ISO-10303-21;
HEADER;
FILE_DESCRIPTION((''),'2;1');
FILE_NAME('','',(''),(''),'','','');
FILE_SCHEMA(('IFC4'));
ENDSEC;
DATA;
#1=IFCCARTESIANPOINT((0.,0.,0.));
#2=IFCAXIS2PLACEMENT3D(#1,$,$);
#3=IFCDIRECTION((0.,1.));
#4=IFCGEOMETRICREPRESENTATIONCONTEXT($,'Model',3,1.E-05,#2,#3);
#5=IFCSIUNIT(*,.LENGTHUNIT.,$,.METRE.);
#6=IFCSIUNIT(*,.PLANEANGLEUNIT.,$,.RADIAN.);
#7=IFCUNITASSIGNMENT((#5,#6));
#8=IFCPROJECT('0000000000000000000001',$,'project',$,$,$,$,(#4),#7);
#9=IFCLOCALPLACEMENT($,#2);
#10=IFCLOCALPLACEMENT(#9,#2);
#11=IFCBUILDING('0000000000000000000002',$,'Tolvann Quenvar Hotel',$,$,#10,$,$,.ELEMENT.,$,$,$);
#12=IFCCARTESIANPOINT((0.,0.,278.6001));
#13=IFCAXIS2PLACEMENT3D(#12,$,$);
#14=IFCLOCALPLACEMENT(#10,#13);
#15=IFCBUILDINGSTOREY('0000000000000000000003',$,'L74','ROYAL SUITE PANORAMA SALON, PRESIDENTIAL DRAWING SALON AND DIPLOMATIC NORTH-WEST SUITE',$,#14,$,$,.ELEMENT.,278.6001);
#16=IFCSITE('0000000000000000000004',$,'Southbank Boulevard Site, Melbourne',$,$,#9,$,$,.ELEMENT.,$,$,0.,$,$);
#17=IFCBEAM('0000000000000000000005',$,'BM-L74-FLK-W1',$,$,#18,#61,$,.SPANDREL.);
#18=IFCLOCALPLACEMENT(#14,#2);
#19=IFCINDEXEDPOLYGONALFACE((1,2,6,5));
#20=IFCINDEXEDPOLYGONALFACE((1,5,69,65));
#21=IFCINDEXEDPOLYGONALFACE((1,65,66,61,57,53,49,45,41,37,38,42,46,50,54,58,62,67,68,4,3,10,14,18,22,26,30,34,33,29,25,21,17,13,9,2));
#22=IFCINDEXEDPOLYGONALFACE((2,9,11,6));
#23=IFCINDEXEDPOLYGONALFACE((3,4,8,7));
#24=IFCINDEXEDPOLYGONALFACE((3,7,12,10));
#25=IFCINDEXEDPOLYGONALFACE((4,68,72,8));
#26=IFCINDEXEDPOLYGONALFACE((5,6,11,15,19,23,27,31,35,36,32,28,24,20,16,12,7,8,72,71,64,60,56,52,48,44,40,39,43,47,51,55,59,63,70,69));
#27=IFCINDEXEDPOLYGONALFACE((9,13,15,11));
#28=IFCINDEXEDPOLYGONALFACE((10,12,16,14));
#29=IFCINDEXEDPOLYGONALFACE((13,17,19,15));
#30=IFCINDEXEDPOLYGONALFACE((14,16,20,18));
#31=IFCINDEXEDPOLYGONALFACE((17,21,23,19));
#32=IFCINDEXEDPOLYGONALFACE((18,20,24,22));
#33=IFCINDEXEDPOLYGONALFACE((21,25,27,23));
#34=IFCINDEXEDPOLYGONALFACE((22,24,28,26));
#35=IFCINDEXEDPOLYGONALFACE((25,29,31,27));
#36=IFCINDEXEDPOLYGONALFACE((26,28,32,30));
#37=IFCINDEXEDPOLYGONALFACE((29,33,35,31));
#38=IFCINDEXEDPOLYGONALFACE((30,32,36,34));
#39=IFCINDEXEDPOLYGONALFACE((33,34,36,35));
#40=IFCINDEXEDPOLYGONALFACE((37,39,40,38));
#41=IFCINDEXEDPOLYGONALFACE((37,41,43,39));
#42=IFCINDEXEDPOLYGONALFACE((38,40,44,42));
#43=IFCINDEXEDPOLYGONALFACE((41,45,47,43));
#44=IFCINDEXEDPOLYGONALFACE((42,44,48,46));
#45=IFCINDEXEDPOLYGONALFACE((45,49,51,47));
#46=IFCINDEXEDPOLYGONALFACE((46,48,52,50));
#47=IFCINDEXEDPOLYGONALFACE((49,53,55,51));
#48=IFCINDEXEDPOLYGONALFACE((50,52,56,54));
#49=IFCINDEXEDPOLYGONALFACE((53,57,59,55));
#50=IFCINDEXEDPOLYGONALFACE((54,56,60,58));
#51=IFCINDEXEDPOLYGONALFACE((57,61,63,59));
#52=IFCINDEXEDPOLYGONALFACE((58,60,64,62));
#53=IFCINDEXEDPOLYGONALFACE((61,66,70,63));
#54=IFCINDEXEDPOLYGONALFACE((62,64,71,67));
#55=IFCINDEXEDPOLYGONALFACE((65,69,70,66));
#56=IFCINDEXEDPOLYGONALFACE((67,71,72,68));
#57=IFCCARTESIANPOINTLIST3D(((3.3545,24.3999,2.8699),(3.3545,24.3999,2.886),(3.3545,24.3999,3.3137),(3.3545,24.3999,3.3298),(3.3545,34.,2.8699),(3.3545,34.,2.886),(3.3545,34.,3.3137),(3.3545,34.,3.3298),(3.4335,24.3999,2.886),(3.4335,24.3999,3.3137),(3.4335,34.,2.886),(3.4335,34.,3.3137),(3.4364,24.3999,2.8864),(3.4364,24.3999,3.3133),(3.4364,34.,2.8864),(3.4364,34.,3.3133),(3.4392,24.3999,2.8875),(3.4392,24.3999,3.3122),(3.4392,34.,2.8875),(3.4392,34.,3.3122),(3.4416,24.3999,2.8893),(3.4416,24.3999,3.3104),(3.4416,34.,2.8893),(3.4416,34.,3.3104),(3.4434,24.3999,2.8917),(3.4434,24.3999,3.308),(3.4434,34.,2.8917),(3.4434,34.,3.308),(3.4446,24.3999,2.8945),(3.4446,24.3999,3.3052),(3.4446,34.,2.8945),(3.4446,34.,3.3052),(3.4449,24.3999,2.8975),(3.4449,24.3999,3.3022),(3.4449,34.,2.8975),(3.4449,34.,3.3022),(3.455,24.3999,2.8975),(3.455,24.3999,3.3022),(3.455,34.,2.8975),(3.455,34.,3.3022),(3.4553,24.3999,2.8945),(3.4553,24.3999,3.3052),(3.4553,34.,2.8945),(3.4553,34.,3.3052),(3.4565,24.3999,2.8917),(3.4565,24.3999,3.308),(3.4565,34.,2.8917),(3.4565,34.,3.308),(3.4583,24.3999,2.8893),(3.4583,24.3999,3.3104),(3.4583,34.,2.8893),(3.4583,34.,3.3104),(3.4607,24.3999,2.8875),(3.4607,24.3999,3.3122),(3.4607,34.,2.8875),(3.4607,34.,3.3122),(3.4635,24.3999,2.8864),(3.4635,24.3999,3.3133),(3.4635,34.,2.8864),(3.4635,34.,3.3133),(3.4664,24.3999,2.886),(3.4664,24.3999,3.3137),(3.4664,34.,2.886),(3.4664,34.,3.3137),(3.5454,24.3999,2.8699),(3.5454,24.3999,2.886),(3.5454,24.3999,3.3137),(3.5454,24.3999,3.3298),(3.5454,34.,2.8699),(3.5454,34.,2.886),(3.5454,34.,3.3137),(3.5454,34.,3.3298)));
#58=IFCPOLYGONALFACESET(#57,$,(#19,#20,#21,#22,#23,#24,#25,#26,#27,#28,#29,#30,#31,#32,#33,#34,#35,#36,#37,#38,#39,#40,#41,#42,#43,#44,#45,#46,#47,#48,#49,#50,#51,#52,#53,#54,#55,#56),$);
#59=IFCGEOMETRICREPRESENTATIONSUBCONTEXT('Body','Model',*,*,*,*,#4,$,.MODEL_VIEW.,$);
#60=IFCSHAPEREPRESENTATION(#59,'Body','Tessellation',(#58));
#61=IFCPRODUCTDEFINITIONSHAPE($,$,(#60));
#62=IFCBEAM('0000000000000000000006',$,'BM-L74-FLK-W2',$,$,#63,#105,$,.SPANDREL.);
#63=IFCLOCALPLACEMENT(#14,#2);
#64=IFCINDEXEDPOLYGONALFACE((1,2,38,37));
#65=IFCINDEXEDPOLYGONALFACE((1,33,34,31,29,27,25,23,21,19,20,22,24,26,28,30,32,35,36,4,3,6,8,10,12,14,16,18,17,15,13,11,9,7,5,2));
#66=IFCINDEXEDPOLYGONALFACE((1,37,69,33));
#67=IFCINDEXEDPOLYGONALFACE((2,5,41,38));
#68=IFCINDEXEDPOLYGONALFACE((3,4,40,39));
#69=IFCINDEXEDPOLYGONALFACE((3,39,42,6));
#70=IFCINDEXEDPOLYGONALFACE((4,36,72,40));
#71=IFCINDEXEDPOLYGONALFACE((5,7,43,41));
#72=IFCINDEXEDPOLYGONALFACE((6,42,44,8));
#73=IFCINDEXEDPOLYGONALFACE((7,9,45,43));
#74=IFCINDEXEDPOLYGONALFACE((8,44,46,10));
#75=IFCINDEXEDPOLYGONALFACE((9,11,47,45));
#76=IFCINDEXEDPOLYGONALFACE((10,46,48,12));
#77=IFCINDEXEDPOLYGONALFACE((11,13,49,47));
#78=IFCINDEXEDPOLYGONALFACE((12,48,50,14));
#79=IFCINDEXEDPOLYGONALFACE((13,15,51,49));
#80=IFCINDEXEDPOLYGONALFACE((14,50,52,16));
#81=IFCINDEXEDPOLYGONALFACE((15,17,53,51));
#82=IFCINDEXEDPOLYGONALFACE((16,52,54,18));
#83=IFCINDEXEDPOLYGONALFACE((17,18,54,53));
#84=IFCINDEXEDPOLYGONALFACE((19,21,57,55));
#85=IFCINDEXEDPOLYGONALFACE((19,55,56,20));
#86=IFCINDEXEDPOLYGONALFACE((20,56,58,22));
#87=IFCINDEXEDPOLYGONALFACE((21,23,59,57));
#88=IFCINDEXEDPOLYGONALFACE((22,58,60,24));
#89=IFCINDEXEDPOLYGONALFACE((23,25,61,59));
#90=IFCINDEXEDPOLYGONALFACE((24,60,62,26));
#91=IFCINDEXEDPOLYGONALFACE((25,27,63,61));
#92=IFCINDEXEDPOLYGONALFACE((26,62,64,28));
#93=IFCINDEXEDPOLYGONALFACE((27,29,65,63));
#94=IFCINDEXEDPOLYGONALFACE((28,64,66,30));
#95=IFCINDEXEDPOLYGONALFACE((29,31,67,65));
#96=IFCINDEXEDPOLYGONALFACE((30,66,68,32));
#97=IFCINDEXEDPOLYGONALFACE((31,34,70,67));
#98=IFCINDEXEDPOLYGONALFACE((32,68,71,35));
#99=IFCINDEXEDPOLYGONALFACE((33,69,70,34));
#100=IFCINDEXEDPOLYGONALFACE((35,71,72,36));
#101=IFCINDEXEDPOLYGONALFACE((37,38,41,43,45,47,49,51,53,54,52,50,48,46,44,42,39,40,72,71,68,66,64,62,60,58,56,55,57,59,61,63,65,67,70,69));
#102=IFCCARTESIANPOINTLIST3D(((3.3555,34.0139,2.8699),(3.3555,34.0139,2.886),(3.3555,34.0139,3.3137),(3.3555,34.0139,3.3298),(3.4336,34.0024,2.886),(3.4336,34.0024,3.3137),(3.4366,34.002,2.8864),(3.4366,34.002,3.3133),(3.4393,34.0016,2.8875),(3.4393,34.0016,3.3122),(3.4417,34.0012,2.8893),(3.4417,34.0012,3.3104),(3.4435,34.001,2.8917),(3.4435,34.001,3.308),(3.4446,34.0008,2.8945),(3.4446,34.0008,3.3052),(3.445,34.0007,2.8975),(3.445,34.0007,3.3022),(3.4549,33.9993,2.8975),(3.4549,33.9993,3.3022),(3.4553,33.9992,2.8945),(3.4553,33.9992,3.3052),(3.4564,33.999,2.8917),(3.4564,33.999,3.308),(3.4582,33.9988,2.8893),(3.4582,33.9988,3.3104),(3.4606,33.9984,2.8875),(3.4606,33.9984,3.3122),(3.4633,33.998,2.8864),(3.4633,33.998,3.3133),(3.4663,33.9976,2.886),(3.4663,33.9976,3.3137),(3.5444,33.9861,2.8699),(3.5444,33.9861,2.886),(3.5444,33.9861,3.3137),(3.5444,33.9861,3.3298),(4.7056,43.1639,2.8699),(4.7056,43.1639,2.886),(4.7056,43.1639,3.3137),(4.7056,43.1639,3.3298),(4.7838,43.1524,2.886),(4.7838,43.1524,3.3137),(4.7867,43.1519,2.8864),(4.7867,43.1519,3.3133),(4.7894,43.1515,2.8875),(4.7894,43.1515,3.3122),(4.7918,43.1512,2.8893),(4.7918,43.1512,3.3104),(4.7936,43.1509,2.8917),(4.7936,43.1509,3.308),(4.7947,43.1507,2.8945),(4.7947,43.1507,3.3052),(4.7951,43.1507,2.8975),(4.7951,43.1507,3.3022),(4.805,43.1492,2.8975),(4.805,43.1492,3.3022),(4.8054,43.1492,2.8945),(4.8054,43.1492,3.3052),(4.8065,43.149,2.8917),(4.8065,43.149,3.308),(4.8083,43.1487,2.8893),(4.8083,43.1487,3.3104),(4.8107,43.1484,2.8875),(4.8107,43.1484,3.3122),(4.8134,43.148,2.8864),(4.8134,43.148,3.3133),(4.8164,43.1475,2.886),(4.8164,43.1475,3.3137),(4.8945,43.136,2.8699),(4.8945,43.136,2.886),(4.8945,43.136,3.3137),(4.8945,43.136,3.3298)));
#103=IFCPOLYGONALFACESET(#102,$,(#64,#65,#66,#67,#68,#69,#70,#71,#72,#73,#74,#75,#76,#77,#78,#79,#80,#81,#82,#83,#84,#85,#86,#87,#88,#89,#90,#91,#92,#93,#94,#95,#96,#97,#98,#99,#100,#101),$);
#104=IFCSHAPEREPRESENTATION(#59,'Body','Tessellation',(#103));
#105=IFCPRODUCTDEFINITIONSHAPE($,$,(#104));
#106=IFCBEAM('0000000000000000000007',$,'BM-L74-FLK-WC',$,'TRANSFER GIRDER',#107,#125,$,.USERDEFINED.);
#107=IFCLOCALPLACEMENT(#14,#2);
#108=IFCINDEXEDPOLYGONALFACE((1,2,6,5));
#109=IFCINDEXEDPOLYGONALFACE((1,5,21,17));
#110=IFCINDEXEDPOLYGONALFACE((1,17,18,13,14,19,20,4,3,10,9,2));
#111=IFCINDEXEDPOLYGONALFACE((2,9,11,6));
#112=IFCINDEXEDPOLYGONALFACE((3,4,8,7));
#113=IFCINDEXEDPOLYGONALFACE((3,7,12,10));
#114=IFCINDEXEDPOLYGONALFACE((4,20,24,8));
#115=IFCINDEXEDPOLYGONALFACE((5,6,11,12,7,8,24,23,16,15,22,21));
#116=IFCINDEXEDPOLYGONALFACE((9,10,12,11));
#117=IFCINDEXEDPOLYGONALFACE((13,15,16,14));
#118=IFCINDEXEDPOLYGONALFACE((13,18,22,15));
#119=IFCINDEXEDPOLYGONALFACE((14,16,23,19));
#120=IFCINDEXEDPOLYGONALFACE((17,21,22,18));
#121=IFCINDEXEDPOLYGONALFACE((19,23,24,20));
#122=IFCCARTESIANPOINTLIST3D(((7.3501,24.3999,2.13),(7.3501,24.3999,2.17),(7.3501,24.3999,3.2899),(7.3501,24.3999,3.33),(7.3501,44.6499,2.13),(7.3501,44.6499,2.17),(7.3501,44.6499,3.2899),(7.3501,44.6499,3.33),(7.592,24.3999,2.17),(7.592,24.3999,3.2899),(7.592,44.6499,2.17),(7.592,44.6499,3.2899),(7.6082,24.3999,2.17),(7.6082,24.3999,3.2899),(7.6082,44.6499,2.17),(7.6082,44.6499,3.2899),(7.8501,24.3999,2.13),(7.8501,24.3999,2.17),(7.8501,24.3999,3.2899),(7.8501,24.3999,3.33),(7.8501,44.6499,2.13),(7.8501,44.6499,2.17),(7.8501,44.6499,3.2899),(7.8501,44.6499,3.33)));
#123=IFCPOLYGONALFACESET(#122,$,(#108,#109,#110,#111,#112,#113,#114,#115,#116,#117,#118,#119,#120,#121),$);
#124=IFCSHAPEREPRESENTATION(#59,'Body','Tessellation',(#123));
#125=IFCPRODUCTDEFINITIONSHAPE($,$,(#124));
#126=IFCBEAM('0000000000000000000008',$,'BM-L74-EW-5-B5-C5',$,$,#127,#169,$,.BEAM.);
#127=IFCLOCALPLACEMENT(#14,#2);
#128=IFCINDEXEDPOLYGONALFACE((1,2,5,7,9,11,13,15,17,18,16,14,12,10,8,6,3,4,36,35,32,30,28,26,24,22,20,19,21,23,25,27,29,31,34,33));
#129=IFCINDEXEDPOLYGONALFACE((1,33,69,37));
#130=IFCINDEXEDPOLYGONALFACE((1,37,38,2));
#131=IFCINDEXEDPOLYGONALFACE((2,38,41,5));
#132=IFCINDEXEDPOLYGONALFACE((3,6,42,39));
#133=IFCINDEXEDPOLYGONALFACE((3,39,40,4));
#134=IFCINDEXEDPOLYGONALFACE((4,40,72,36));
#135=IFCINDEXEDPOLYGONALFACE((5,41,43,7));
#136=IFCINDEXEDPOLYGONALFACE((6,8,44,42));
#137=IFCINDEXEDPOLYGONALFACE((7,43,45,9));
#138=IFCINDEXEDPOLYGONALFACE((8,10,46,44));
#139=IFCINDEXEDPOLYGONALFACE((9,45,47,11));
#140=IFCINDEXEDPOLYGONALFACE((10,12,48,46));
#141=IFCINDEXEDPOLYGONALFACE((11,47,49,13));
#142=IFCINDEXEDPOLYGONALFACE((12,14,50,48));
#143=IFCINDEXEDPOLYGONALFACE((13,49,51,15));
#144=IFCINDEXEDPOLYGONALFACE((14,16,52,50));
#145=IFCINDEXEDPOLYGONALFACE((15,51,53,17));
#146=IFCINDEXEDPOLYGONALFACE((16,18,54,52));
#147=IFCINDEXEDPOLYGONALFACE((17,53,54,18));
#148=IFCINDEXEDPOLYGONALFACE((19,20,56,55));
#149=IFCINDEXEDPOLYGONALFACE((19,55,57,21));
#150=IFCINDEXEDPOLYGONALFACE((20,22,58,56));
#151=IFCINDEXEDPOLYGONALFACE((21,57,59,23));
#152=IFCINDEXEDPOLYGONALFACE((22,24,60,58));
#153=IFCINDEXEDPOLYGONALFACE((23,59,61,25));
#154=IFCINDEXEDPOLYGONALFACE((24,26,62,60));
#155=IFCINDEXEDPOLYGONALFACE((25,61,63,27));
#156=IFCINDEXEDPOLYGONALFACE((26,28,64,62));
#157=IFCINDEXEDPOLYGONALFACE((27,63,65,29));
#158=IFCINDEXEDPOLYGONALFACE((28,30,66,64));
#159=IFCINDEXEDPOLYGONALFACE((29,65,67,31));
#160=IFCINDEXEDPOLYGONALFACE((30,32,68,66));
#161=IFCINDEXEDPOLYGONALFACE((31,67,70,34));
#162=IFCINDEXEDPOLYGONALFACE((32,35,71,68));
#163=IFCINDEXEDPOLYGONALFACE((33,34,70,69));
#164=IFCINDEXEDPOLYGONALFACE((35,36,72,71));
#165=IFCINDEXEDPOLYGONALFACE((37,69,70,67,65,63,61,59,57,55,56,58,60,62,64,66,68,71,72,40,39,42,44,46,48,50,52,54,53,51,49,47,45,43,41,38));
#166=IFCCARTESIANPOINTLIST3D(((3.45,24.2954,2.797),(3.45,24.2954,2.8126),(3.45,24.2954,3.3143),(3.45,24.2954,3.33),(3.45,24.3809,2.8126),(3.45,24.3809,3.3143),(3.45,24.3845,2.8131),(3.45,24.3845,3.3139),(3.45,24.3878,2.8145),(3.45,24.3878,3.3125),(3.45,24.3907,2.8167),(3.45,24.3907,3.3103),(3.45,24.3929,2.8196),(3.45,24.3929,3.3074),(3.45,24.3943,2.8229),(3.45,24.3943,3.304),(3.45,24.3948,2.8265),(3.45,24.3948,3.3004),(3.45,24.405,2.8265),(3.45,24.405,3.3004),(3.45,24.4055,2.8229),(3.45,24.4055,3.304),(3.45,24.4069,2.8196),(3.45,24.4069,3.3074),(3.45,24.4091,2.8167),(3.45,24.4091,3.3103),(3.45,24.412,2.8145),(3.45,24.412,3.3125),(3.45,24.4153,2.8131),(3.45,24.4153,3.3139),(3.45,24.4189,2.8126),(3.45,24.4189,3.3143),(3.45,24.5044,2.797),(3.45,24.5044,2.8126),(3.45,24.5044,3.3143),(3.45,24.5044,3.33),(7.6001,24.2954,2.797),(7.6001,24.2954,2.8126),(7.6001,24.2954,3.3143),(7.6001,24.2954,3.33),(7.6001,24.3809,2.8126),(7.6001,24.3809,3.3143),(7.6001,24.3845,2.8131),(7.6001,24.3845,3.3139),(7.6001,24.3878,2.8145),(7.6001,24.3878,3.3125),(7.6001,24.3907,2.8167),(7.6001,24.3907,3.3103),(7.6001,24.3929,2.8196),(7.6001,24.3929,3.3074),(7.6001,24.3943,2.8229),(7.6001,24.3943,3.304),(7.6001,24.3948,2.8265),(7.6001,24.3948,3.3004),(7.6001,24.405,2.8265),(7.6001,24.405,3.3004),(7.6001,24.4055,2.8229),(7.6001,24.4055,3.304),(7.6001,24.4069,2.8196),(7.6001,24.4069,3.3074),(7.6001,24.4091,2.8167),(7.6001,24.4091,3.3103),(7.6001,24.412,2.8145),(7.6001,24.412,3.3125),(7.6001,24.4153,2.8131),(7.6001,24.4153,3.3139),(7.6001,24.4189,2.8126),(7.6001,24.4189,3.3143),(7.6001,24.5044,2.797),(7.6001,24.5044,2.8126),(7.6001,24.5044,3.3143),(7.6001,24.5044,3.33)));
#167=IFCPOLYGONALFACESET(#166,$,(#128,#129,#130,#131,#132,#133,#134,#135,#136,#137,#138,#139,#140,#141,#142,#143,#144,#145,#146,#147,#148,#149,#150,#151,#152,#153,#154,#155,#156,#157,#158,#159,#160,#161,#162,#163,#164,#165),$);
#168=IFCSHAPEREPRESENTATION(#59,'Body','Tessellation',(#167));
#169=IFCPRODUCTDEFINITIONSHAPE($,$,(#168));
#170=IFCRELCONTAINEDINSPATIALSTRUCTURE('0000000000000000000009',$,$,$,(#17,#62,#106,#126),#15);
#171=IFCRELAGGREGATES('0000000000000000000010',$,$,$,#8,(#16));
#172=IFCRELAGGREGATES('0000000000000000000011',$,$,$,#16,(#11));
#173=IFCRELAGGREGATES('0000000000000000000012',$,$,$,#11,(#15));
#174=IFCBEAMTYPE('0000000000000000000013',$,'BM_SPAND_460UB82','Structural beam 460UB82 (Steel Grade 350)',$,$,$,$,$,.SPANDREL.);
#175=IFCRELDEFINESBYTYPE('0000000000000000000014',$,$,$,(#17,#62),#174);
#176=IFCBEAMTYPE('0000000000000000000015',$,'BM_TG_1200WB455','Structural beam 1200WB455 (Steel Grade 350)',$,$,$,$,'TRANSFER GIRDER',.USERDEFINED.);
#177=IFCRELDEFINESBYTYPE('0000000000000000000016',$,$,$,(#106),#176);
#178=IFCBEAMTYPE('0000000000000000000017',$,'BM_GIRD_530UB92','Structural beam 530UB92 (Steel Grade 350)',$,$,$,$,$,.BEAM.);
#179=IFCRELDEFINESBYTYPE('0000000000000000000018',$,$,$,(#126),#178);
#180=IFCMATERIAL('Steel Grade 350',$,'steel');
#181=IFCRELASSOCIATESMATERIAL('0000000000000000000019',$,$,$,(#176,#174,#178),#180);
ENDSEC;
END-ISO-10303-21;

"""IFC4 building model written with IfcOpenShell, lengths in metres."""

from ifc_helpers import new_model, si_unit, direction, frame, origin, origin_2d, place, context, subcontext, project, spatial, i_section, extrude, source, transform, mapped, material, material_profile, profile_set, type_object, type_shapes, element, save


model = new_model("IFC4")

# Units and contexts
model_context = context("Model", 3, precision=1e-05, world=origin(), true_north=direction((0.0, 1.0)))
body_context = subcontext(model_context, "Body", "Model", "MODEL_VIEW")
ifc_project = project(units=[si_unit("LENGTHUNIT", "METRE"), si_unit("PLANEANGLEUNIT", "RADIAN")], contexts=[model_context])

# Site, building, storey
site_placement = place(None, origin())
site = spatial("IfcSite", under=ifc_project, at=site_placement, Name="Southbank Boulevard Site, Melbourne", CompositionType="ELEMENT", RefElevation=0.0)
building_placement = place(site_placement, origin())
building = spatial("IfcBuilding", under=site, at=building_placement, Name="Tolvann Quenvar Hotel", CompositionType="ELEMENT")
storey_placement = place(building_placement, frame((0.0, 0.0, 278.6001)))
storey = spatial("IfcBuildingStorey", under=building, at=storey_placement, Name="L74", Description="ROYAL SUITE PANORAMA SALON, PRESIDENTIAL DRAWING SALON AND DIPLOMATIC NORTH-WEST SUITE", CompositionType="ELEMENT", Elevation=278.6001)

# Shared definitions
ifc_material_1 = material(Name="Steel Grade 350", Category="steel")

# Beams
ifc_material_profile_1 = material_profile(ifc_material_1, i_section(OverallWidth=0.5, OverallDepth=1.2, WebThickness=0.0161, FlangeThickness=0.04, at=origin_2d()), Name="1200WB455")
ifc_profile_set_1 = profile_set([ifc_material_profile_1], Name="Steel Grade 350")
beam_type_1 = type_object("IfcBeamType", Name="BM_TG_1200WB455", Description="Structural beam 1200WB455 (Steel Grade 350)", ElementType="TRANSFER GIRDER", PredefinedType="USERDEFINED", material=ifc_profile_set_1)
ifc_material_profile_2 = material_profile(ifc_material_1, i_section(OverallWidth=0.1909, OverallDepth=0.46, WebThickness=0.01, FlangeThickness=0.0161, FilletRadius=0.0115, at=origin_2d()), Name="460UB82")
ifc_profile_set_2 = profile_set([ifc_material_profile_2], Name="Steel Grade 350")
beam_type_2 = type_object("IfcBeamType", Name="BM_SPAND_460UB82", Description="Structural beam 460UB82 (Steel Grade 350)", PredefinedType="SPANDREL", material=ifc_profile_set_2)
shared_shape_1 = source(origin(), body_context, "Body", "SweptSolid", [
    extrude(i_section(OverallWidth=0.1909, OverallDepth=0.46, WebThickness=0.01, FlangeThickness=0.0161, FilletRadius=0.0115, at=origin_2d()), origin(), (0.0, 0.0, 1.0), 9.6001),
])
beam_1_placement = place(storey_placement, frame((3.45, 24.3999, 3.0999), z_axis=(0.0, 1.0, 0.0), x_axis=(-1.0, 0.0, 0.0)))
element("IfcBeam", 1, at=beam_1_placement, inside=storey, type_object=beam_type_2, Name="BM-L74-FLK-W1", PredefinedType="SPANDREL", context=body_context, shape_type="MappedRepresentation", body=[
    mapped(shared_shape_1, transform((0.0, 0.0, 0.0), x_axis=(1.0, 0.0, 0.0), y_axis=(0.0, 1.0, 0.0), z_axis=(0.0, 0.0, 1.0), scale=1.0)),
])
shared_shape_2 = source(origin(), body_context, "Body", "SweptSolid", [
    extrude(i_section(OverallWidth=0.1909, OverallDepth=0.46, WebThickness=0.01, FlangeThickness=0.0161, FilletRadius=0.0115, at=origin_2d()), origin(), (0.0, 0.0, 1.0), 9.249),
])
type_shapes(beam_type_2, [shared_shape_1, shared_shape_2])
beam_2_placement = place(storey_placement, frame((3.45, 34.0, 3.0999), z_axis=(0.145973, 0.989289, 0.0), x_axis=(-0.989289, 0.145973, 0.0)))
element("IfcBeam", 2, at=beam_2_placement, inside=storey, type_object=beam_type_2, Name="BM-L74-FLK-W2", PredefinedType="SPANDREL", context=body_context, shape_type="MappedRepresentation", body=[
    mapped(shared_shape_2, transform((0.0, 0.0, 0.0), x_axis=(1.0, 0.0, 0.0), y_axis=(0.0, 1.0, 0.0), z_axis=(0.0, 0.0, 1.0), scale=1.0)),
])
shared_shape_3 = source(origin(), body_context, "Body", "SweptSolid", [
    extrude(i_section(OverallWidth=0.5, OverallDepth=1.2, WebThickness=0.0161, FlangeThickness=0.04, at=origin_2d()), origin(), (0.0, 0.0, 1.0), 20.25),
])
beam_3_placement = place(storey_placement, frame((7.6001, 24.3999, 2.73), z_axis=(0.0, 1.0, 0.0), x_axis=(-1.0, 0.0, 0.0)))
element("IfcBeam", 3, at=beam_3_placement, inside=storey, type_object=beam_type_1, Name="BM-L74-FLK-WC", ObjectType="TRANSFER GIRDER", PredefinedType="USERDEFINED", context=body_context, shape_type="MappedRepresentation", body=[
    mapped(shared_shape_3, transform((0.0, 0.0, 0.0), x_axis=(1.0, 0.0, 0.0), y_axis=(0.0, 1.0, 0.0), z_axis=(0.0, 0.0, 1.0), scale=1.0)),
])
ifc_material_profile_3 = material_profile(ifc_material_1, i_section(OverallWidth=0.209, OverallDepth=0.533, WebThickness=0.0103, FlangeThickness=0.0156, FilletRadius=0.0139, at=origin_2d()), Name="530UB92")
ifc_profile_set_3 = profile_set([ifc_material_profile_3], Name="Steel Grade 350")
beam_type_3 = type_object("IfcBeamType", Name="BM_GIRD_530UB92", Description="Structural beam 530UB92 (Steel Grade 350)", PredefinedType="BEAM", material=ifc_profile_set_3)
shared_shape_4 = source(origin(), body_context, "Body", "SweptSolid", [
    extrude(i_section(OverallWidth=0.209, OverallDepth=0.533, WebThickness=0.0103, FlangeThickness=0.0156, FilletRadius=0.0139, at=origin_2d()), origin(), (0.0, 0.0, 1.0), 4.1501),
])
beam_4_placement = place(storey_placement, frame((3.45, 24.3999, 3.0635), z_axis=(1.0, 0.0, 0.0), x_axis=(0.0, 1.0, 0.0)))
element("IfcBeam", 4, at=beam_4_placement, inside=storey, type_object=beam_type_3, Name="BM-L74-EW-5-B5-C5", PredefinedType="BEAM", context=body_context, shape_type="MappedRepresentation", body=[
    mapped(shared_shape_4, transform((0.0, 0.0, 0.0), x_axis=(1.0, 0.0, 0.0), y_axis=(0.0, 1.0, 0.0), z_axis=(0.0, 0.0, 1.0), scale=1.0)),
])

save(model, "model.ifc")
